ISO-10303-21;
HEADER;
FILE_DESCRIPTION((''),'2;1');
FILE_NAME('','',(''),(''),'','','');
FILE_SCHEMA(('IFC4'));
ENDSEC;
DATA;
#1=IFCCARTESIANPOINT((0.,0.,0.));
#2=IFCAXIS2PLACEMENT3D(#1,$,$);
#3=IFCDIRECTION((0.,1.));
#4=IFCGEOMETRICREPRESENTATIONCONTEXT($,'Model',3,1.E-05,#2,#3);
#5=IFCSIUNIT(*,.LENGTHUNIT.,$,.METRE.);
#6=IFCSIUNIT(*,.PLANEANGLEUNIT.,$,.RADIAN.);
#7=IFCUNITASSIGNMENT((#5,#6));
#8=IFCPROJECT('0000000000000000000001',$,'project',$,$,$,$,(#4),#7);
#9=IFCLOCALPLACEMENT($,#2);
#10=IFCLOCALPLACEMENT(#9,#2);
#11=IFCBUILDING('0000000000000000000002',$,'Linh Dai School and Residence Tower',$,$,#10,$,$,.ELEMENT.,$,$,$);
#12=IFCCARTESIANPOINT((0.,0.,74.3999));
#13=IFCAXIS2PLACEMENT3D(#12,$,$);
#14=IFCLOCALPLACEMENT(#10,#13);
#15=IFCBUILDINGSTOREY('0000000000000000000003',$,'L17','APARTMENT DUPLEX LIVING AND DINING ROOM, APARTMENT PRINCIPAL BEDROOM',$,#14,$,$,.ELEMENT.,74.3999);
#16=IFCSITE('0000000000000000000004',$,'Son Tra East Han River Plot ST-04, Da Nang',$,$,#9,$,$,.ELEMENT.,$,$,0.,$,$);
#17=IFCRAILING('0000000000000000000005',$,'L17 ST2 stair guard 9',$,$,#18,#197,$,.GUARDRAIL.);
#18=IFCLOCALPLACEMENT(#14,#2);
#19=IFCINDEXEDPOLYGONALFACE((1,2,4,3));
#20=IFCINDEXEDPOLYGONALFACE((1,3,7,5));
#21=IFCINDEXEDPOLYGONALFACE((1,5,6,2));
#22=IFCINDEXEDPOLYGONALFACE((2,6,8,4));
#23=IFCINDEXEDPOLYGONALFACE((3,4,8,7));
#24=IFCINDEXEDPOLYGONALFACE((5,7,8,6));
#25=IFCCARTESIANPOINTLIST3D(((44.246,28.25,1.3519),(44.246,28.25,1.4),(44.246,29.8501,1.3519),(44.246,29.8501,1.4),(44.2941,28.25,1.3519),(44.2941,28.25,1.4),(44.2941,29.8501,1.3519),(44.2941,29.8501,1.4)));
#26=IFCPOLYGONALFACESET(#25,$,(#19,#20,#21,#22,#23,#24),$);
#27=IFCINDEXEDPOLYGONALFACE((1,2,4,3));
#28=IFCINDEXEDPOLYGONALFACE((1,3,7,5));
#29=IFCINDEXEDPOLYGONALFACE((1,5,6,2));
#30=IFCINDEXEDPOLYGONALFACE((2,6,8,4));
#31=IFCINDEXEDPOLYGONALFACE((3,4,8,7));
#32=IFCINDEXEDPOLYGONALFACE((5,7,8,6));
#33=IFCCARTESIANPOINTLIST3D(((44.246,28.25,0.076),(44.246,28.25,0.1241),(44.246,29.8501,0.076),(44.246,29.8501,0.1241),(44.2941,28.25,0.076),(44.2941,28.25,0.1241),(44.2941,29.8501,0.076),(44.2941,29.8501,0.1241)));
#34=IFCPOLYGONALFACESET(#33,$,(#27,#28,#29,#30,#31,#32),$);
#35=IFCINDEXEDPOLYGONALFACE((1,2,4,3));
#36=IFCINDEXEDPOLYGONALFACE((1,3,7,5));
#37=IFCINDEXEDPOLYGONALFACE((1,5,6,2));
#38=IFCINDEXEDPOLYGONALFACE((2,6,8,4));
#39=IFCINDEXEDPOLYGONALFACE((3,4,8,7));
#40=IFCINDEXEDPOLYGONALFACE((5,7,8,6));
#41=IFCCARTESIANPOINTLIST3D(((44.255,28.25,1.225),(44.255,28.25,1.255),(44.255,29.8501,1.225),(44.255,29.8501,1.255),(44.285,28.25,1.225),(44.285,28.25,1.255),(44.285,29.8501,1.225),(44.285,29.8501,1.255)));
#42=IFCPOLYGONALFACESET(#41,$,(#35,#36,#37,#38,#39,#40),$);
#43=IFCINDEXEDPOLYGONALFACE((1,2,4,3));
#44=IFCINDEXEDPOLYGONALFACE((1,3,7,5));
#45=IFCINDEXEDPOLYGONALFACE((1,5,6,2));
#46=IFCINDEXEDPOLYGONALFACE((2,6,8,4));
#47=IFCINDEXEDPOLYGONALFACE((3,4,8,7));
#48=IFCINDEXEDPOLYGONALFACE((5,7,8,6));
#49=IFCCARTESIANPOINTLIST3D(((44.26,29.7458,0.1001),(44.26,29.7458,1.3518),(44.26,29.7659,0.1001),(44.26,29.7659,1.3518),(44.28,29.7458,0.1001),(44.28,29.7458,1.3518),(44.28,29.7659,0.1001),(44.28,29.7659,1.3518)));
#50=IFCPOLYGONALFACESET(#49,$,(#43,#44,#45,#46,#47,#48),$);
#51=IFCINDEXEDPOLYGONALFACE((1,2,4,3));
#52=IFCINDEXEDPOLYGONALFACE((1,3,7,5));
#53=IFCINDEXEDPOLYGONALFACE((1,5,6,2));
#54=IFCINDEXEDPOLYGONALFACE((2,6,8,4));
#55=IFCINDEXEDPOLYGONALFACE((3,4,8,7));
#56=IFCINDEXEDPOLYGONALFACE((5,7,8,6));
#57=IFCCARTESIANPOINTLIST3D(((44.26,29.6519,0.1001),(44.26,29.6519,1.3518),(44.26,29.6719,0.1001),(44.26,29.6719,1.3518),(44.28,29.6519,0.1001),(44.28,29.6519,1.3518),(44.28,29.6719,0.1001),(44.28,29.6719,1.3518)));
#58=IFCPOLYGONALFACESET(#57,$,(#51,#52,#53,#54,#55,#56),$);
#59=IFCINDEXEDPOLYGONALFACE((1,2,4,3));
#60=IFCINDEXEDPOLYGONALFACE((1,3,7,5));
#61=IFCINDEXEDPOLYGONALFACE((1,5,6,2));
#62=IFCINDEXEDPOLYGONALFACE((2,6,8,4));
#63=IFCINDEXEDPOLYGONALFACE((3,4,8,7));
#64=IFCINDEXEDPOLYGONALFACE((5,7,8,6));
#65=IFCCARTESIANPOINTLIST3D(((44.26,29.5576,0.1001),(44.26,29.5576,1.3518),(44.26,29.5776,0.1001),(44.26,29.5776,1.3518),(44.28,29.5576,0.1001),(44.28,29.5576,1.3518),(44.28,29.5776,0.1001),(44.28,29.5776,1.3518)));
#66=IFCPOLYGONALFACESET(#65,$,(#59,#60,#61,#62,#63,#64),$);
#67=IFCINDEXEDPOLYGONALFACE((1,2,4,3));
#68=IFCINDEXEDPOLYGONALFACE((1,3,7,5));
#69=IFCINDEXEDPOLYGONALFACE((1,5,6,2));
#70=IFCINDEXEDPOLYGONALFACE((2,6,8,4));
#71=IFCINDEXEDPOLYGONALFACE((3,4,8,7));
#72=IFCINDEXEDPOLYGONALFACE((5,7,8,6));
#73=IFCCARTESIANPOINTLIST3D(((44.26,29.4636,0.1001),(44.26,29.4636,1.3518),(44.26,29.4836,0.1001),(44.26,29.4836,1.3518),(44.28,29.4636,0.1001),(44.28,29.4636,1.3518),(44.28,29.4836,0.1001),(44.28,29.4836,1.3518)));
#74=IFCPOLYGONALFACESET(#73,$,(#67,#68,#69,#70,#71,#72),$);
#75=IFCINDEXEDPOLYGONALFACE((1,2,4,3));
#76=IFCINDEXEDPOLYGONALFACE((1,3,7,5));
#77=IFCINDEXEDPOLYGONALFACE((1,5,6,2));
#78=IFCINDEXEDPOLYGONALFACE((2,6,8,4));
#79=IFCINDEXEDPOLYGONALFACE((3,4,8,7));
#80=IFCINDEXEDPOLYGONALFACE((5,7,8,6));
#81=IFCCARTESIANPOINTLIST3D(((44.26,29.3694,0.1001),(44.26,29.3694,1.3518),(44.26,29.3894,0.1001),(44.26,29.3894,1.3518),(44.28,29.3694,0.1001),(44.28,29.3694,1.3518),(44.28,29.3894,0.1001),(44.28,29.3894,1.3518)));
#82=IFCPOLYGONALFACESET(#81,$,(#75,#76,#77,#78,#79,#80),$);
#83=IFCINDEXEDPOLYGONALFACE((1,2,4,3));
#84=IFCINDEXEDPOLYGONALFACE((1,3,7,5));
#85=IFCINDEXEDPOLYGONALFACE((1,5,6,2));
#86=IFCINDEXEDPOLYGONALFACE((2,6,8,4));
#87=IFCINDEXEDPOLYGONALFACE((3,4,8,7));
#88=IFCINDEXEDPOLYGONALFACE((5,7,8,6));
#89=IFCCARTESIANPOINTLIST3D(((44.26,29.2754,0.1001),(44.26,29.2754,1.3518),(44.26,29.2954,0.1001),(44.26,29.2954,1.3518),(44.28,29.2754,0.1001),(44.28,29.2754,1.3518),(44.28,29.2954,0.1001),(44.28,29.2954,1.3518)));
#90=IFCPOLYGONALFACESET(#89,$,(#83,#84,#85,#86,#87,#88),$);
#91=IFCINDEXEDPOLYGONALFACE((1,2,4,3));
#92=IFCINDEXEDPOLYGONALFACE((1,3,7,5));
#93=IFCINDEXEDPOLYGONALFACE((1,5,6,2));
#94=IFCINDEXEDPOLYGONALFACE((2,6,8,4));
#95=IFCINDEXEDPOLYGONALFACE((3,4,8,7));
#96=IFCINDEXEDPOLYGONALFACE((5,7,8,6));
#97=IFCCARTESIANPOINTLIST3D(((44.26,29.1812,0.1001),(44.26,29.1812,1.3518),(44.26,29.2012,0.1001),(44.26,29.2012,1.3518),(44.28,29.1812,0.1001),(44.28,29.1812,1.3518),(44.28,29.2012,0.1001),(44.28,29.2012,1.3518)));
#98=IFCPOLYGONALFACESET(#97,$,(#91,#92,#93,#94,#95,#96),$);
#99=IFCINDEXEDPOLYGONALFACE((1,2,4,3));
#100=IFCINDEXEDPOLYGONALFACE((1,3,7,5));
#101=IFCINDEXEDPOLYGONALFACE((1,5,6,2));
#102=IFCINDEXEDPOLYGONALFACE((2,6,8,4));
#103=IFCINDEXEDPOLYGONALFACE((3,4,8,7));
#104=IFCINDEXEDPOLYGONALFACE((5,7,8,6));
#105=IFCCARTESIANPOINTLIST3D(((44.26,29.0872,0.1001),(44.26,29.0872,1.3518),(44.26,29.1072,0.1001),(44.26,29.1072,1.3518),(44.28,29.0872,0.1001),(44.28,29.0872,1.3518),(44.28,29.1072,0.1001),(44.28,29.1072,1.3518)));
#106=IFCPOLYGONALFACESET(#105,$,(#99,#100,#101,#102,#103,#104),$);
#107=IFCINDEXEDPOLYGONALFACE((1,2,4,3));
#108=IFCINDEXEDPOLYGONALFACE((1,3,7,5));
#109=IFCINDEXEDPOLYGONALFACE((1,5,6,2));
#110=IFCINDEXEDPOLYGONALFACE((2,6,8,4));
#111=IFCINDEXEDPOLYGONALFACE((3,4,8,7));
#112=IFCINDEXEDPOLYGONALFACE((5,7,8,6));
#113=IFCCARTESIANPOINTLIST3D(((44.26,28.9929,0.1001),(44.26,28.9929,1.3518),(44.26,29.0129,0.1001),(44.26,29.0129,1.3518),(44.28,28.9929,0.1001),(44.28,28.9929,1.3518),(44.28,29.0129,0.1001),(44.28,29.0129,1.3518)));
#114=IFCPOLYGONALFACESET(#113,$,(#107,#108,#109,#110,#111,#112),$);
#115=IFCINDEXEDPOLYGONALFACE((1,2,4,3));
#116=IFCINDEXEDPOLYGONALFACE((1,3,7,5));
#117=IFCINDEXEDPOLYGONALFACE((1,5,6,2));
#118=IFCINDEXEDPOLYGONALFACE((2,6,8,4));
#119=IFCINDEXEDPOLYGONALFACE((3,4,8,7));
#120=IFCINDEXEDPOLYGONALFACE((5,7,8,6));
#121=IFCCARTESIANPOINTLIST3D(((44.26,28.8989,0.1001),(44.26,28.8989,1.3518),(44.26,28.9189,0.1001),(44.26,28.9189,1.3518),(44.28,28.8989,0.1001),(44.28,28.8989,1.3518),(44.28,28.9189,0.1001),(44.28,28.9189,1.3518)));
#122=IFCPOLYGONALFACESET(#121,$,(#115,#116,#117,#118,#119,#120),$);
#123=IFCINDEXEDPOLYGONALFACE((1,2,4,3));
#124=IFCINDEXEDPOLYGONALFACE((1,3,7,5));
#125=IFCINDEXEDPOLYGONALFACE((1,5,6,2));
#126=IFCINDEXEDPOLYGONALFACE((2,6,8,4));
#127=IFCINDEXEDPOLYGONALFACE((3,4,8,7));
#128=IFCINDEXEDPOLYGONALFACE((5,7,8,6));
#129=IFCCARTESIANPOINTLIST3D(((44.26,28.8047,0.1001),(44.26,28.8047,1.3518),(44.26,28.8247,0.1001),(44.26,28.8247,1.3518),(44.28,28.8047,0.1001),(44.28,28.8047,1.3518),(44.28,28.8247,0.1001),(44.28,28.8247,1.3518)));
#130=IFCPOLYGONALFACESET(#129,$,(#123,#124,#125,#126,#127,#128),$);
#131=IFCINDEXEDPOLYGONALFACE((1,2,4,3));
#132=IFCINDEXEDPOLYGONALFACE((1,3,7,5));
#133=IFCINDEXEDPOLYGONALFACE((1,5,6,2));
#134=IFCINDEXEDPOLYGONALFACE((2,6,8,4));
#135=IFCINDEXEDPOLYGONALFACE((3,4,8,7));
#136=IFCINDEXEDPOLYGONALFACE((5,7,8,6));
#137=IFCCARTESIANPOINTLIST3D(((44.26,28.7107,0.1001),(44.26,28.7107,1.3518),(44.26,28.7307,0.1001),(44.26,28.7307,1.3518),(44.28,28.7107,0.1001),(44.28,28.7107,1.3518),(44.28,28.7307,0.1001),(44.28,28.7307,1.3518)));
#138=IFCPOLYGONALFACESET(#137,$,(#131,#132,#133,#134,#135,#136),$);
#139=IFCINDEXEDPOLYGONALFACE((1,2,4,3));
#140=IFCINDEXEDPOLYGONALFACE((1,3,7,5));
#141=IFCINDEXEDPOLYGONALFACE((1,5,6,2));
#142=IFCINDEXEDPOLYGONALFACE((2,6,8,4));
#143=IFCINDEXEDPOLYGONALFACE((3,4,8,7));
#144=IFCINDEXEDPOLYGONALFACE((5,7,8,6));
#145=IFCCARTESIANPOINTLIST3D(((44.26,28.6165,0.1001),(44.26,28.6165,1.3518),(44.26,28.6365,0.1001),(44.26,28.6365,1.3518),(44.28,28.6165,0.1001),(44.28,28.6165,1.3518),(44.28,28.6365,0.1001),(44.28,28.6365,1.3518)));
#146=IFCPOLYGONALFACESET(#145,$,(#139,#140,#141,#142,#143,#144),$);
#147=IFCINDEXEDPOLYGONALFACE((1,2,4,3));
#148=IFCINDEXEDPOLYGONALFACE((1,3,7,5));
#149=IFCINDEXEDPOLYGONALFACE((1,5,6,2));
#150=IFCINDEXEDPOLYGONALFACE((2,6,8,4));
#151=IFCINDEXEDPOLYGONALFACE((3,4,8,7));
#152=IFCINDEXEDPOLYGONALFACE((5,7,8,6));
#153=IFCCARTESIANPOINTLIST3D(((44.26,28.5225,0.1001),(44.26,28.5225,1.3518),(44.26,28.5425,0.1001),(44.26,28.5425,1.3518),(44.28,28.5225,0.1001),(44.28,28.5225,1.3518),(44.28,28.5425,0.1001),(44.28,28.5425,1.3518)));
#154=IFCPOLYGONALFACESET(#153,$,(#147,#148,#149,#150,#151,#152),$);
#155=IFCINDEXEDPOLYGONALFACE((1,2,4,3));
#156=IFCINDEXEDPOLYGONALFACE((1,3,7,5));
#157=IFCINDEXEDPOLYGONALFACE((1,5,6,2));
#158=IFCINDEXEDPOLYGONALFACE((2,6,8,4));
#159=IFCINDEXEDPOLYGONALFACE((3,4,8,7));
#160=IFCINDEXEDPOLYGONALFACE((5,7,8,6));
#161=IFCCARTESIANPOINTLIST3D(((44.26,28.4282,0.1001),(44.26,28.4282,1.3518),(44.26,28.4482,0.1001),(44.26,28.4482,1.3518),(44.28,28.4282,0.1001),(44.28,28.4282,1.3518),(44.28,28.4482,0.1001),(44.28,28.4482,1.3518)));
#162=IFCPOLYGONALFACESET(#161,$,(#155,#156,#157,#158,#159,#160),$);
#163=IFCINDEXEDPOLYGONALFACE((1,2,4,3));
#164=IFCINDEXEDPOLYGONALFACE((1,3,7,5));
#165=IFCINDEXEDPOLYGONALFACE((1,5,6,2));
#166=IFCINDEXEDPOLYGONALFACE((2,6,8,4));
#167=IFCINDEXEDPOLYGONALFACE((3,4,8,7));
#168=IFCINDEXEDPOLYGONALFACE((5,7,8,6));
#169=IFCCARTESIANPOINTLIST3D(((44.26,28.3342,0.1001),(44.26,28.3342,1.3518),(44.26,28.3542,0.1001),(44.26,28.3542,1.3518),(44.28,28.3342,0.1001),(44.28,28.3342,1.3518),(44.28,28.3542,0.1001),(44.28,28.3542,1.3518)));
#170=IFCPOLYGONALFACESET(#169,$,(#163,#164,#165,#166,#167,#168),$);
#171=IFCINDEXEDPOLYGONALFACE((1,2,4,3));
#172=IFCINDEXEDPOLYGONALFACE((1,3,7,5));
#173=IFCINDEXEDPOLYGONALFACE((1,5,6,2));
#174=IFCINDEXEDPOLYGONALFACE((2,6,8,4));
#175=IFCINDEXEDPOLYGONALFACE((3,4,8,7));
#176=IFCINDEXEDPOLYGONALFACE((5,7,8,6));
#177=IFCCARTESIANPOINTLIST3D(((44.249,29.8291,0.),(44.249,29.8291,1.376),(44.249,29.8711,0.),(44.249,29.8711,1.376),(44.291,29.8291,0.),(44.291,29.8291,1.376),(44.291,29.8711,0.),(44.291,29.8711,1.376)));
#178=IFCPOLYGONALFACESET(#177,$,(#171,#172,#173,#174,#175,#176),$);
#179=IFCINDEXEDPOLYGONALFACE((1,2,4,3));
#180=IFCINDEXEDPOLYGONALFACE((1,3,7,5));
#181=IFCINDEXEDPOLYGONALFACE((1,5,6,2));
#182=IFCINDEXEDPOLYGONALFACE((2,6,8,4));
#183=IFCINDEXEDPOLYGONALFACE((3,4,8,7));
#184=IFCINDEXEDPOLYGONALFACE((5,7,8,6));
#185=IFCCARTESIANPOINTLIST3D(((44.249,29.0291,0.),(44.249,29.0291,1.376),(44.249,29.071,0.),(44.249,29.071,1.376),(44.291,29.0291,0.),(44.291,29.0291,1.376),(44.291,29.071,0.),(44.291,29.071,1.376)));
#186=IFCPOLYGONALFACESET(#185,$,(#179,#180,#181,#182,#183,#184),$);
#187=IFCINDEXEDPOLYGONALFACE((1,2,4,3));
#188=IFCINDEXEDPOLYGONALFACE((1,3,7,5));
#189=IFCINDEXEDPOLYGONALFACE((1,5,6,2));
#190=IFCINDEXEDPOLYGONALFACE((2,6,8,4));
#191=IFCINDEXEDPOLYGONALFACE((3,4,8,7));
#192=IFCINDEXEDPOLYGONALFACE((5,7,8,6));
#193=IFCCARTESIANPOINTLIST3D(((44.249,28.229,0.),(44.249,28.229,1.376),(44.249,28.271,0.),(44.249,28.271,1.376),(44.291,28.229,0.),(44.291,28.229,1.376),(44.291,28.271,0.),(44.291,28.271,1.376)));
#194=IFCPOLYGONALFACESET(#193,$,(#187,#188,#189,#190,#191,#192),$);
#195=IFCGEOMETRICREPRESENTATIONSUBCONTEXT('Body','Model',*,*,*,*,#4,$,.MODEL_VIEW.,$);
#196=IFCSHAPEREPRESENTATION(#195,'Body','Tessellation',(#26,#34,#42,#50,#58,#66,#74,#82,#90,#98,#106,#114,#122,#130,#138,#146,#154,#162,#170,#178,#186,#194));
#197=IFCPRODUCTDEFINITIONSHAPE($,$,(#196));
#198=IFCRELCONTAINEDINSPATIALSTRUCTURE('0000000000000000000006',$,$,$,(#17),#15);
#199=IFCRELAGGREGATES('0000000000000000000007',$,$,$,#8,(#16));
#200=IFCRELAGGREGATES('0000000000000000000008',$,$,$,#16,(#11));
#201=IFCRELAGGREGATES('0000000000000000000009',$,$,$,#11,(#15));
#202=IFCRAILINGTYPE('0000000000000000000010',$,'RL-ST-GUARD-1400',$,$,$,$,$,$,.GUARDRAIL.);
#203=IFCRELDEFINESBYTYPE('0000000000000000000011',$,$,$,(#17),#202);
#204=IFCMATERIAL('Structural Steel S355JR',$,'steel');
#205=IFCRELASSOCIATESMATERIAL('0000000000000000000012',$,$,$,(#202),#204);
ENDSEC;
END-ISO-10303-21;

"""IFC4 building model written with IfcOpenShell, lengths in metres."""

from ifc_helpers import new_model, si_unit, direction, frame, origin, origin_2d, place, context, subcontext, project, spatial, rectangle, extrude, source, transform, mapped, material, type_object, element, save


model = new_model("IFC4")

# Units and contexts
model_context = context("Model", 3, precision=1e-05, world=origin(), true_north=direction((0.0, 1.0)))
body_context = subcontext(model_context, "Body", "Model", "MODEL_VIEW")
ifc_project = project(units=[si_unit("LENGTHUNIT", "METRE"), si_unit("PLANEANGLEUNIT", "RADIAN")], contexts=[model_context])

# Site, building, storey
site_placement = place(None, origin())
site = spatial("IfcSite", under=ifc_project, at=site_placement, Name="Son Tra East Han River Plot ST-04, Da Nang", CompositionType="ELEMENT", RefElevation=0.0)
building_placement = place(site_placement, origin())
building = spatial("IfcBuilding", under=site, at=building_placement, Name="Linh Dai School and Residence Tower", CompositionType="ELEMENT")
storey_placement = place(building_placement, frame((0.0, 0.0, 74.3999)))
storey = spatial("IfcBuildingStorey", under=building, at=storey_placement, Name="L17", Description="APARTMENT DUPLEX LIVING AND DINING ROOM, APARTMENT PRINCIPAL BEDROOM", CompositionType="ELEMENT", Elevation=74.3999)

# Shared definitions
ifc_material_1 = material(Name="Structural Steel S355JR", Category="steel")

# Railing
railing_type_1 = type_object("IfcRailingType", Name="RL-ST-GUARD-1400", PredefinedType="GUARDRAIL", material=ifc_material_1)
shared_shape_1 = source(origin(), body_context, "Body", "SweptSolid", [
    extrude(rectangle(XDim=0.0481, YDim=0.0481, at=origin_2d()), frame((0.0, 0.0, 1.376), z_axis=(0.0, -1.0, 0.0), x_axis=(1.0, 0.0, 0.0)), (0.0, 0.0, 1.0), 1.6001),
    extrude(rectangle(XDim=0.0481, YDim=0.0481, at=origin_2d()), frame((0.0, 0.0, 0.1001), z_axis=(0.0, -1.0, 0.0), x_axis=(1.0, 0.0, 0.0)), (0.0, 0.0, 1.0), 1.6001),
    extrude(rectangle(XDim=0.03, YDim=0.03, at=origin_2d()), frame((0.0, 0.0, 1.24), z_axis=(0.0, -1.0, 0.0), x_axis=(1.0, 0.0, 0.0)), (0.0, 0.0, 1.0), 1.6001),
    extrude(rectangle(XDim=0.02, YDim=0.02, at=origin_2d()), frame((0.0, -0.0942, 0.1001)), (0.0, 0.0, 1.0), 1.2517),
    extrude(rectangle(XDim=0.02, YDim=0.02, at=origin_2d()), frame((0.0, -0.1882, 0.1001)), (0.0, 0.0, 1.0), 1.2517),
    extrude(rectangle(XDim=0.02, YDim=0.02, at=origin_2d()), frame((0.0, -0.2825, 0.1001)), (0.0, 0.0, 1.0), 1.2517),
    extrude(rectangle(XDim=0.02, YDim=0.02, at=origin_2d()), frame((0.0, -0.3765, 0.1001)), (0.0, 0.0, 1.0), 1.2517),
    extrude(rectangle(XDim=0.02, YDim=0.02, at=origin_2d()), frame((0.0, -0.4707, 0.1001)), (0.0, 0.0, 1.0), 1.2517),
    extrude(rectangle(XDim=0.02, YDim=0.02, at=origin_2d()), frame((0.0, -0.5647, 0.1001)), (0.0, 0.0, 1.0), 1.2517),
    extrude(rectangle(XDim=0.02, YDim=0.02, at=origin_2d()), frame((0.0, -0.6589, 0.1001)), (0.0, 0.0, 1.0), 1.2517),
    extrude(rectangle(XDim=0.02, YDim=0.02, at=origin_2d()), frame((0.0, -0.7529, 0.1001)), (0.0, 0.0, 1.0), 1.2517),
    extrude(rectangle(XDim=0.02, YDim=0.02, at=origin_2d()), frame((0.0, -0.8472, 0.1001)), (0.0, 0.0, 1.0), 1.2517),
    extrude(rectangle(XDim=0.02, YDim=0.02, at=origin_2d()), frame((0.0, -0.9412, 0.1001)), (0.0, 0.0, 1.0), 1.2517),
    extrude(rectangle(XDim=0.02, YDim=0.02, at=origin_2d()), frame((0.0, -1.0354, 0.1001)), (0.0, 0.0, 1.0), 1.2517),
    extrude(rectangle(XDim=0.02, YDim=0.02, at=origin_2d()), frame((0.0, -1.1294, 0.1001)), (0.0, 0.0, 1.0), 1.2517),
    extrude(rectangle(XDim=0.02, YDim=0.02, at=origin_2d()), frame((0.0, -1.2236, 0.1001)), (0.0, 0.0, 1.0), 1.2517),
    extrude(rectangle(XDim=0.02, YDim=0.02, at=origin_2d()), frame((0.0, -1.3176, 0.1001)), (0.0, 0.0, 1.0), 1.2517),
    extrude(rectangle(XDim=0.02, YDim=0.02, at=origin_2d()), frame((0.0, -1.4119, 0.1001)), (0.0, 0.0, 1.0), 1.2517),
    extrude(rectangle(XDim=0.02, YDim=0.02, at=origin_2d()), frame((0.0, -1.5059, 0.1001)), (0.0, 0.0, 1.0), 1.2517),
    extrude(rectangle(XDim=0.042, YDim=0.042, at=origin_2d()), origin(), (0.0, 0.0, 1.0), 1.376),
    extrude(rectangle(XDim=0.042, YDim=0.042, at=origin_2d()), frame((0.0, -0.8, 0.0)), (0.0, 0.0, 1.0), 1.376),
    extrude(rectangle(XDim=0.042, YDim=0.042, at=origin_2d()), frame((0.0, -1.6001, 0.0)), (0.0, 0.0, 1.0), 1.376),
])
for number, where, name in (
    (1, (44.27, 29.8501, 0.0), "L17 ST2 stair guard 9"),
):
    element("IfcRailing", number, at=place(storey_placement, frame(where)), inside=storey, type_object=railing_type_1, Name=name, PredefinedType="GUARDRAIL", context=body_context, shape_type="MappedRepresentation", body=[
        mapped(shared_shape_1, transform((0.0, 0.0, 0.0), x_axis=(1.0, 0.0, 0.0), y_axis=(0.0, 1.0, 0.0), z_axis=(0.0, 0.0, 1.0), scale=1.0)),
    ])

save(model, "model.ifc")
